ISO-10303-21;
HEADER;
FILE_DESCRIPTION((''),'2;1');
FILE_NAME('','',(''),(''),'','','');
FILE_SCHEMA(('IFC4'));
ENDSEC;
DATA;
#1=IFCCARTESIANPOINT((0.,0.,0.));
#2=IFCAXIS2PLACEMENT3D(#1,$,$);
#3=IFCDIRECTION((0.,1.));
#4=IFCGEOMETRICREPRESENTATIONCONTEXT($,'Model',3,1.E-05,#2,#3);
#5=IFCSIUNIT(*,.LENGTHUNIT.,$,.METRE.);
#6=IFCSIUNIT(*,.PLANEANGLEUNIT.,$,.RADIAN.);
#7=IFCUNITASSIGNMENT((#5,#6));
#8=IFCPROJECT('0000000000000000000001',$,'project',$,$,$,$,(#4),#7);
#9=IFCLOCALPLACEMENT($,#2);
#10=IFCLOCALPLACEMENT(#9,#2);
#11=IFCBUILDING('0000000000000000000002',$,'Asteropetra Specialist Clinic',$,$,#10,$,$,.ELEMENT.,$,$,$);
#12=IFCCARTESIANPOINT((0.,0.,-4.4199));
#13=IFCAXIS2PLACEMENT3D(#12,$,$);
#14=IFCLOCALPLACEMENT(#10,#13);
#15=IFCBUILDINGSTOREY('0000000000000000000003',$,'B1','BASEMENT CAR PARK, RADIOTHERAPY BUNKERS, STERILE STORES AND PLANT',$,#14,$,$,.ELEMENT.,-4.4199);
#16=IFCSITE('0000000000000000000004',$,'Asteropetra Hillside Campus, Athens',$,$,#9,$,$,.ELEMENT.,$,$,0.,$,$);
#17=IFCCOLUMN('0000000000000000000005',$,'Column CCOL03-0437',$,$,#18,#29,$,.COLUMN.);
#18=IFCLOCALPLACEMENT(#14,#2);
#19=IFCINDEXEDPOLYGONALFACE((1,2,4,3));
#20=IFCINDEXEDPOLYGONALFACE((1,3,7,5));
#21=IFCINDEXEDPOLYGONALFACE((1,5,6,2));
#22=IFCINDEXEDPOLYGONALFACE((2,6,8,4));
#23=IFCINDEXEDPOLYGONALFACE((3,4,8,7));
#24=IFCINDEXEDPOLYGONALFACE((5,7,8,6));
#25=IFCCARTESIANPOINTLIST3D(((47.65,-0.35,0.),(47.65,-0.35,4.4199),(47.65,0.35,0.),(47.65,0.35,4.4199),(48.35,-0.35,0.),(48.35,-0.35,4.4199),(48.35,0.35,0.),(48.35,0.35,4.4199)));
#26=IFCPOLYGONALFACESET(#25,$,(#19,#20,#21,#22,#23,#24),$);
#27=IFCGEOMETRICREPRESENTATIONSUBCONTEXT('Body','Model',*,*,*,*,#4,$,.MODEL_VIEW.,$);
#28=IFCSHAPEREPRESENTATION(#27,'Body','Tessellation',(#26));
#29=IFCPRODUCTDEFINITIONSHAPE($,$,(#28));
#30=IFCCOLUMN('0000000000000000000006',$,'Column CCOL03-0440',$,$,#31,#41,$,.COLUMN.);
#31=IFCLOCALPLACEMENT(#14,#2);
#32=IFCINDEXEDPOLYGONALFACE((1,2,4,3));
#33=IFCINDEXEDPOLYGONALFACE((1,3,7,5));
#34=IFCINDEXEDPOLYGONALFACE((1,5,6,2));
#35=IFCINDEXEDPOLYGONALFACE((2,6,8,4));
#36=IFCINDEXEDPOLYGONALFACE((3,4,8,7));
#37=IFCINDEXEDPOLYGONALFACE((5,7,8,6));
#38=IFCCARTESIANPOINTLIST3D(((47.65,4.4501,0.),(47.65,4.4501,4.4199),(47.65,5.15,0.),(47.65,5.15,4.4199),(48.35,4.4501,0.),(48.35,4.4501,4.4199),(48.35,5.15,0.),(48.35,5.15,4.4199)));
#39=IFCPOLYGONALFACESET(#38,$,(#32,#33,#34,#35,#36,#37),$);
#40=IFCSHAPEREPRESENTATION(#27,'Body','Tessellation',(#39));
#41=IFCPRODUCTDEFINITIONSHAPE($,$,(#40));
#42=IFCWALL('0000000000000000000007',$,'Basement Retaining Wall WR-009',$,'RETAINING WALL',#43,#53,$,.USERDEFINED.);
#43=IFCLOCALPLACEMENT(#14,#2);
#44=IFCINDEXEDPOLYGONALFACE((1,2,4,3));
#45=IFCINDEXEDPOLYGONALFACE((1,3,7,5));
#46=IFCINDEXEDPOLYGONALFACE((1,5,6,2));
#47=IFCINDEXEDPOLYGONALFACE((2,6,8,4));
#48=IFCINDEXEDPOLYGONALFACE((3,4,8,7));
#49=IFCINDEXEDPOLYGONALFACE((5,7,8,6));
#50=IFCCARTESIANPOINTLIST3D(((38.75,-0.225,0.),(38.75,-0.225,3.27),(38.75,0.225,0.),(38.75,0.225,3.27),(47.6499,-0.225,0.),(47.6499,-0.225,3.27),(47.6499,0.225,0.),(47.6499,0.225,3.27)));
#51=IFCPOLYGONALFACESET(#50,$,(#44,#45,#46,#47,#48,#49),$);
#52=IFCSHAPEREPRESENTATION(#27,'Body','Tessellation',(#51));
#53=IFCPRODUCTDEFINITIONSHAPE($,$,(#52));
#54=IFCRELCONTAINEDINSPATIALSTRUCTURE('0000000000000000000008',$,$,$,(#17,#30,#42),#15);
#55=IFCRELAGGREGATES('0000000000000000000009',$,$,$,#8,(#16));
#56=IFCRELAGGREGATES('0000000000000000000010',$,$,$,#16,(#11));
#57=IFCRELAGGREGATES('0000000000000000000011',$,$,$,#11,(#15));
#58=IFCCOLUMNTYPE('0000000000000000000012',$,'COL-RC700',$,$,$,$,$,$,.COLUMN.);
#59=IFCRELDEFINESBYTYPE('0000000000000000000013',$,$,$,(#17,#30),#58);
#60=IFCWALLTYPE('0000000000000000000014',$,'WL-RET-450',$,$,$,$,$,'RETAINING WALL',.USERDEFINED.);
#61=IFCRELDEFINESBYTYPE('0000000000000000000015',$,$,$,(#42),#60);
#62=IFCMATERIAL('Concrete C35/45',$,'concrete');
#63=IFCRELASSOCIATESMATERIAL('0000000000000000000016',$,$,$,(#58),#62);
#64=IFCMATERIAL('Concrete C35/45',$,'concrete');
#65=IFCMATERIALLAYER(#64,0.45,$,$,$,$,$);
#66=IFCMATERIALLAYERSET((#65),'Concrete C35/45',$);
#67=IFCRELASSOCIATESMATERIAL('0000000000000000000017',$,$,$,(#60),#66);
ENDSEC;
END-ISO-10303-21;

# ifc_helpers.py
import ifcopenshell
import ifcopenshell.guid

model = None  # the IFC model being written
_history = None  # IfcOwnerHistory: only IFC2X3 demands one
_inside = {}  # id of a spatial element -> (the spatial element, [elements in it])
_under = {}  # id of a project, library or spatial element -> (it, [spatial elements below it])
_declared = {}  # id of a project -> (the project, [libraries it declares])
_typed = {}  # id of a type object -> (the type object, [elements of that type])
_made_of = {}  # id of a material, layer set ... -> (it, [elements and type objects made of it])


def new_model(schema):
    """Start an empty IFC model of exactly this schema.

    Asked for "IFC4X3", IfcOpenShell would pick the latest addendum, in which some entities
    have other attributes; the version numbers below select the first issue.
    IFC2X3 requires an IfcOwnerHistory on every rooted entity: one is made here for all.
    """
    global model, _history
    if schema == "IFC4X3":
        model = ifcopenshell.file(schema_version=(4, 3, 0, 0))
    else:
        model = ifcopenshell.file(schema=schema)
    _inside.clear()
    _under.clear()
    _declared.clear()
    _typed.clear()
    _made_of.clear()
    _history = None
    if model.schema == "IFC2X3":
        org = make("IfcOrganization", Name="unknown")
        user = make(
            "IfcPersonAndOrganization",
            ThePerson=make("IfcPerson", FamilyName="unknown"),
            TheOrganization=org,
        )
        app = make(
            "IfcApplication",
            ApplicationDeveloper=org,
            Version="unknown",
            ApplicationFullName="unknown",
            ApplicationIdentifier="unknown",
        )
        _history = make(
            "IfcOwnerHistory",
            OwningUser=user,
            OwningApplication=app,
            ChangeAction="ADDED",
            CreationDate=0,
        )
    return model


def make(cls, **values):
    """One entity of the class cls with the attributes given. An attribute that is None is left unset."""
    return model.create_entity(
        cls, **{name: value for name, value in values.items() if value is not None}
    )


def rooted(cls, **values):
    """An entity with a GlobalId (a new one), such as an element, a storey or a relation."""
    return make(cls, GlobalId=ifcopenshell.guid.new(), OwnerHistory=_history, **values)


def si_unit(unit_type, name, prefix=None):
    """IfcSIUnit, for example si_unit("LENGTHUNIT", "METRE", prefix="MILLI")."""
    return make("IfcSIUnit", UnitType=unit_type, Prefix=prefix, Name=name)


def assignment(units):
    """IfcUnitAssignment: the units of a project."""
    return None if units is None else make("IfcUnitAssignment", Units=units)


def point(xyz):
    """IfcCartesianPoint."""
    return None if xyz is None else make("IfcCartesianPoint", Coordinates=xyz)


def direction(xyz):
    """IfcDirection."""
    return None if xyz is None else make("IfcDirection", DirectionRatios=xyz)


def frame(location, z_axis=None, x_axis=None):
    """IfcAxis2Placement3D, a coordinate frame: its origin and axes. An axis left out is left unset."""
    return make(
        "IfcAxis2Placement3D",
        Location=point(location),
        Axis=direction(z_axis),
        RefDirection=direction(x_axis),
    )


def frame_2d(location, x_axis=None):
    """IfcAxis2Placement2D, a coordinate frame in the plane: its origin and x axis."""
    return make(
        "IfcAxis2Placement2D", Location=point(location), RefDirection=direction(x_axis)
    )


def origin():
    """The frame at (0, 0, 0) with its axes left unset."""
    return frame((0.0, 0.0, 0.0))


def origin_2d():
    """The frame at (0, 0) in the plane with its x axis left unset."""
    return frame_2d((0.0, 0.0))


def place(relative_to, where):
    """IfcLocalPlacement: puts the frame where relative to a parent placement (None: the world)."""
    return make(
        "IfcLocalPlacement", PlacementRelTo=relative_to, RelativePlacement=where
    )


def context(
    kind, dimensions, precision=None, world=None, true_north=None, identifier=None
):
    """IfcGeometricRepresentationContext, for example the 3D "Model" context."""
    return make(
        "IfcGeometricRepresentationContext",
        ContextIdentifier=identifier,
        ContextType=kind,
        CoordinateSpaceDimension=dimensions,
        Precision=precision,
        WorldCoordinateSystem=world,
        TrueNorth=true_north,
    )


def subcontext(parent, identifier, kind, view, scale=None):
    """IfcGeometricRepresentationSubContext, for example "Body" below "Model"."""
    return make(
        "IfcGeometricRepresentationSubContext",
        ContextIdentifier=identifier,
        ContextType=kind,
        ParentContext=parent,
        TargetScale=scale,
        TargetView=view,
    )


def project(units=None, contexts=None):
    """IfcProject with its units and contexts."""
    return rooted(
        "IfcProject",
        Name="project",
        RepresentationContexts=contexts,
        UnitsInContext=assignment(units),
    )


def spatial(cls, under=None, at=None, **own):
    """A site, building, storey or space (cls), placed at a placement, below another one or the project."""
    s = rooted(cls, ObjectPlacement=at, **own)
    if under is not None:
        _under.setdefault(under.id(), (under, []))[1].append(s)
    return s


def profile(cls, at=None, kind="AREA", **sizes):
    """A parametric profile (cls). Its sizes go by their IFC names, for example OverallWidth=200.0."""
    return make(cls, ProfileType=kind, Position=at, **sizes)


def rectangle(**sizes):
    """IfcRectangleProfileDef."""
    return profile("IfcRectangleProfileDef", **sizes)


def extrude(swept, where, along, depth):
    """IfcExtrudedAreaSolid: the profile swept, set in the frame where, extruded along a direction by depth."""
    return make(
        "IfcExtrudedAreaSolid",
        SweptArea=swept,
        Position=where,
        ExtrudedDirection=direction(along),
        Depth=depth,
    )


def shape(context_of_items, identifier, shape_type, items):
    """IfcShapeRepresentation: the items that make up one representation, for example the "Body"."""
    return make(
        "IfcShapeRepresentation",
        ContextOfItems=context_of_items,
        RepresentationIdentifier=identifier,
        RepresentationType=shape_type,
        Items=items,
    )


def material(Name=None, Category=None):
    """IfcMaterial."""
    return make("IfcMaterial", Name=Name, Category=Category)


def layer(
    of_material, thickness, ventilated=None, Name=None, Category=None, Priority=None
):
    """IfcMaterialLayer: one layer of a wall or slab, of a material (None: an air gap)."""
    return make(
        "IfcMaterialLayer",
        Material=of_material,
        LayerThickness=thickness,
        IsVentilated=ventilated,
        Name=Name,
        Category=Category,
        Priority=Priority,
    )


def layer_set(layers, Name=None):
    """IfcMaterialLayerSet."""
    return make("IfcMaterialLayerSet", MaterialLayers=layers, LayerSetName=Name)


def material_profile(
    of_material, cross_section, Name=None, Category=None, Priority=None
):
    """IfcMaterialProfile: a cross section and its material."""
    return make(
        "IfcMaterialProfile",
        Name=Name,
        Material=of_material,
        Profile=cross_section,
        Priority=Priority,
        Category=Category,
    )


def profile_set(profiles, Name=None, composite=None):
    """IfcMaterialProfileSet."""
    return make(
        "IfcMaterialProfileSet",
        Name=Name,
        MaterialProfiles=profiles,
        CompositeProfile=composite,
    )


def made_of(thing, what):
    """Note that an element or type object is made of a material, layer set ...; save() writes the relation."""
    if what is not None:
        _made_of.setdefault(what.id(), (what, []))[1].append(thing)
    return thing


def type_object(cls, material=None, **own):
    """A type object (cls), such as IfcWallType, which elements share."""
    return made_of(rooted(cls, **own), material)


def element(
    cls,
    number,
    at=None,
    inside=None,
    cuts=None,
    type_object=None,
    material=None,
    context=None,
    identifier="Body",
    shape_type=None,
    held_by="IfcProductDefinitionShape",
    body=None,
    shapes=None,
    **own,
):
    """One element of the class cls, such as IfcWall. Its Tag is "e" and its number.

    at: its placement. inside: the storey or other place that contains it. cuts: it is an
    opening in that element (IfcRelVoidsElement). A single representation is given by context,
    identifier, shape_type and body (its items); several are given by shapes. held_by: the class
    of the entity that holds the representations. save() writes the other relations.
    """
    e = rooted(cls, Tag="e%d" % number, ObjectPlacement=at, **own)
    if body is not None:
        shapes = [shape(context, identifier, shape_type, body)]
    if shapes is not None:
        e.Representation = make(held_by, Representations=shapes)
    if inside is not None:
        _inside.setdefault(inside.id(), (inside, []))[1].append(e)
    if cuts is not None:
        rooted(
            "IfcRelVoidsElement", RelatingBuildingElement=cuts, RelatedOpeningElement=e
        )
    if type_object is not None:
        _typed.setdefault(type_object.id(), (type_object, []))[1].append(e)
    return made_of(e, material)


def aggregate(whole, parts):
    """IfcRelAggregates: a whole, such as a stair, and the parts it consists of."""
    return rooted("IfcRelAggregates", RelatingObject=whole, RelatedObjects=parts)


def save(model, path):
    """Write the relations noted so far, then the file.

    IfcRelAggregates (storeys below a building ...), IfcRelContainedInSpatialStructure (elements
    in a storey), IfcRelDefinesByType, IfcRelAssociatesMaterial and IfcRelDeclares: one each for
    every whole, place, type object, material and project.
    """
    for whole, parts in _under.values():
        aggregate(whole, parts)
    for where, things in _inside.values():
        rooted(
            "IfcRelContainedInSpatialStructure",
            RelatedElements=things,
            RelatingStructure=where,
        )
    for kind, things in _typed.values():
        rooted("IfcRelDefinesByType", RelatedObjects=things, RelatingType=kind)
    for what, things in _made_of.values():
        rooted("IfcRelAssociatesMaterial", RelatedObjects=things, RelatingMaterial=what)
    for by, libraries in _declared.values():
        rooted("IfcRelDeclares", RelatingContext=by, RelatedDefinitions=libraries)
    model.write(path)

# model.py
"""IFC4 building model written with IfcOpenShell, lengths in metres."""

from ifc_helpers import new_model, si_unit, direction, frame, frame_2d, origin, origin_2d, place, context, subcontext, project, spatial, rectangle, extrude, material, layer, layer_set, material_profile, profile_set, type_object, element, save


model = new_model("IFC4")

# Units and contexts
model_context = context("Model", 3, precision=1e-05, world=origin(), true_north=direction((0.0, 1.0)))
body_context = subcontext(model_context, "Body", "Model", "MODEL_VIEW")
ifc_project = project(units=[si_unit("LENGTHUNIT", "METRE"), si_unit("PLANEANGLEUNIT", "RADIAN")], contexts=[model_context])

# Site, building, storey
site_placement = place(None, origin())
site = spatial("IfcSite", under=ifc_project, at=site_placement, Name="Asteropetra Hillside Campus, Athens", CompositionType="ELEMENT", RefElevation=0.0)
building_placement = place(site_placement, origin())
building = spatial("IfcBuilding", under=site, at=building_placement, Name="Asteropetra Specialist Clinic", CompositionType="ELEMENT")
storey_placement = place(building_placement, frame((0.0, 0.0, -4.4199)))
storey = spatial("IfcBuildingStorey", under=building, at=storey_placement, Name="B1", Description="BASEMENT CAR PARK, RADIOTHERAPY BUNKERS, STERILE STORES AND PLANT", CompositionType="ELEMENT", Elevation=-4.4199)

# Columns
ifc_material_1 = material(Name="Concrete C35/45", Category="concrete")
ifc_material_profile_1 = material_profile(ifc_material_1, rectangle(XDim=0.7, YDim=0.7, at=origin_2d()), Name="RC 700x700")
ifc_profile_set_1 = profile_set([ifc_material_profile_1], Name="Concrete C35/45")
column_type = type_object("IfcColumnType", Name="COL-RC700", PredefinedType="COLUMN", material=ifc_profile_set_1)
for number, where, z_axis, x_axis, name in (
    (1, (48.0, 0.0, 0.0), (0.0, 0.0, 1.0), (1.0, 0.0, 0.0), "Column CCOL03-0437"),
    (2, (48.0, 4.8, 0.0), (0.0, 0.0, 1.0), (1.0, 0.0, 0.0), "Column CCOL03-0440"),
):
    element("IfcColumn", number, at=place(storey_placement, frame(where, z_axis=z_axis, x_axis=x_axis)), inside=storey, type_object=column_type, Name=name, PredefinedType="COLUMN", context=body_context, shape_type="SweptSolid", body=[
        extrude(rectangle(XDim=0.7, YDim=0.7, at=origin_2d()), origin(), (0.0, 0.0, 1.0), 4.4199),
    ])

# Wall
ifc_material_2 = material(Name="Concrete C35/45", Category="concrete")
ifc_layer = layer(ifc_material_2, 0.45)
ifc_layer_set = layer_set([ifc_layer], Name="Concrete C35/45")
wall_type = type_object("IfcWallType", Name="WL-RET-450", ElementType="RETAINING WALL", PredefinedType="USERDEFINED", material=ifc_layer_set)
wall_placement = place(storey_placement, frame((38.75, 0.0, 0.0), z_axis=(0.0, 0.0, 1.0), x_axis=(1.0, 0.0, 0.0)))
element("IfcWall", 3, at=wall_placement, inside=storey, type_object=wall_type, Name="Basement Retaining Wall WR-009", ObjectType="RETAINING WALL", PredefinedType="USERDEFINED", context=body_context, shape_type="SweptSolid", body=[
    extrude(rectangle(XDim=8.8999, YDim=0.45, at=frame_2d((4.45, 0.0))), origin(), (0.0, 0.0, 1.0), 3.27),
])

save(model, "model.ifc")
